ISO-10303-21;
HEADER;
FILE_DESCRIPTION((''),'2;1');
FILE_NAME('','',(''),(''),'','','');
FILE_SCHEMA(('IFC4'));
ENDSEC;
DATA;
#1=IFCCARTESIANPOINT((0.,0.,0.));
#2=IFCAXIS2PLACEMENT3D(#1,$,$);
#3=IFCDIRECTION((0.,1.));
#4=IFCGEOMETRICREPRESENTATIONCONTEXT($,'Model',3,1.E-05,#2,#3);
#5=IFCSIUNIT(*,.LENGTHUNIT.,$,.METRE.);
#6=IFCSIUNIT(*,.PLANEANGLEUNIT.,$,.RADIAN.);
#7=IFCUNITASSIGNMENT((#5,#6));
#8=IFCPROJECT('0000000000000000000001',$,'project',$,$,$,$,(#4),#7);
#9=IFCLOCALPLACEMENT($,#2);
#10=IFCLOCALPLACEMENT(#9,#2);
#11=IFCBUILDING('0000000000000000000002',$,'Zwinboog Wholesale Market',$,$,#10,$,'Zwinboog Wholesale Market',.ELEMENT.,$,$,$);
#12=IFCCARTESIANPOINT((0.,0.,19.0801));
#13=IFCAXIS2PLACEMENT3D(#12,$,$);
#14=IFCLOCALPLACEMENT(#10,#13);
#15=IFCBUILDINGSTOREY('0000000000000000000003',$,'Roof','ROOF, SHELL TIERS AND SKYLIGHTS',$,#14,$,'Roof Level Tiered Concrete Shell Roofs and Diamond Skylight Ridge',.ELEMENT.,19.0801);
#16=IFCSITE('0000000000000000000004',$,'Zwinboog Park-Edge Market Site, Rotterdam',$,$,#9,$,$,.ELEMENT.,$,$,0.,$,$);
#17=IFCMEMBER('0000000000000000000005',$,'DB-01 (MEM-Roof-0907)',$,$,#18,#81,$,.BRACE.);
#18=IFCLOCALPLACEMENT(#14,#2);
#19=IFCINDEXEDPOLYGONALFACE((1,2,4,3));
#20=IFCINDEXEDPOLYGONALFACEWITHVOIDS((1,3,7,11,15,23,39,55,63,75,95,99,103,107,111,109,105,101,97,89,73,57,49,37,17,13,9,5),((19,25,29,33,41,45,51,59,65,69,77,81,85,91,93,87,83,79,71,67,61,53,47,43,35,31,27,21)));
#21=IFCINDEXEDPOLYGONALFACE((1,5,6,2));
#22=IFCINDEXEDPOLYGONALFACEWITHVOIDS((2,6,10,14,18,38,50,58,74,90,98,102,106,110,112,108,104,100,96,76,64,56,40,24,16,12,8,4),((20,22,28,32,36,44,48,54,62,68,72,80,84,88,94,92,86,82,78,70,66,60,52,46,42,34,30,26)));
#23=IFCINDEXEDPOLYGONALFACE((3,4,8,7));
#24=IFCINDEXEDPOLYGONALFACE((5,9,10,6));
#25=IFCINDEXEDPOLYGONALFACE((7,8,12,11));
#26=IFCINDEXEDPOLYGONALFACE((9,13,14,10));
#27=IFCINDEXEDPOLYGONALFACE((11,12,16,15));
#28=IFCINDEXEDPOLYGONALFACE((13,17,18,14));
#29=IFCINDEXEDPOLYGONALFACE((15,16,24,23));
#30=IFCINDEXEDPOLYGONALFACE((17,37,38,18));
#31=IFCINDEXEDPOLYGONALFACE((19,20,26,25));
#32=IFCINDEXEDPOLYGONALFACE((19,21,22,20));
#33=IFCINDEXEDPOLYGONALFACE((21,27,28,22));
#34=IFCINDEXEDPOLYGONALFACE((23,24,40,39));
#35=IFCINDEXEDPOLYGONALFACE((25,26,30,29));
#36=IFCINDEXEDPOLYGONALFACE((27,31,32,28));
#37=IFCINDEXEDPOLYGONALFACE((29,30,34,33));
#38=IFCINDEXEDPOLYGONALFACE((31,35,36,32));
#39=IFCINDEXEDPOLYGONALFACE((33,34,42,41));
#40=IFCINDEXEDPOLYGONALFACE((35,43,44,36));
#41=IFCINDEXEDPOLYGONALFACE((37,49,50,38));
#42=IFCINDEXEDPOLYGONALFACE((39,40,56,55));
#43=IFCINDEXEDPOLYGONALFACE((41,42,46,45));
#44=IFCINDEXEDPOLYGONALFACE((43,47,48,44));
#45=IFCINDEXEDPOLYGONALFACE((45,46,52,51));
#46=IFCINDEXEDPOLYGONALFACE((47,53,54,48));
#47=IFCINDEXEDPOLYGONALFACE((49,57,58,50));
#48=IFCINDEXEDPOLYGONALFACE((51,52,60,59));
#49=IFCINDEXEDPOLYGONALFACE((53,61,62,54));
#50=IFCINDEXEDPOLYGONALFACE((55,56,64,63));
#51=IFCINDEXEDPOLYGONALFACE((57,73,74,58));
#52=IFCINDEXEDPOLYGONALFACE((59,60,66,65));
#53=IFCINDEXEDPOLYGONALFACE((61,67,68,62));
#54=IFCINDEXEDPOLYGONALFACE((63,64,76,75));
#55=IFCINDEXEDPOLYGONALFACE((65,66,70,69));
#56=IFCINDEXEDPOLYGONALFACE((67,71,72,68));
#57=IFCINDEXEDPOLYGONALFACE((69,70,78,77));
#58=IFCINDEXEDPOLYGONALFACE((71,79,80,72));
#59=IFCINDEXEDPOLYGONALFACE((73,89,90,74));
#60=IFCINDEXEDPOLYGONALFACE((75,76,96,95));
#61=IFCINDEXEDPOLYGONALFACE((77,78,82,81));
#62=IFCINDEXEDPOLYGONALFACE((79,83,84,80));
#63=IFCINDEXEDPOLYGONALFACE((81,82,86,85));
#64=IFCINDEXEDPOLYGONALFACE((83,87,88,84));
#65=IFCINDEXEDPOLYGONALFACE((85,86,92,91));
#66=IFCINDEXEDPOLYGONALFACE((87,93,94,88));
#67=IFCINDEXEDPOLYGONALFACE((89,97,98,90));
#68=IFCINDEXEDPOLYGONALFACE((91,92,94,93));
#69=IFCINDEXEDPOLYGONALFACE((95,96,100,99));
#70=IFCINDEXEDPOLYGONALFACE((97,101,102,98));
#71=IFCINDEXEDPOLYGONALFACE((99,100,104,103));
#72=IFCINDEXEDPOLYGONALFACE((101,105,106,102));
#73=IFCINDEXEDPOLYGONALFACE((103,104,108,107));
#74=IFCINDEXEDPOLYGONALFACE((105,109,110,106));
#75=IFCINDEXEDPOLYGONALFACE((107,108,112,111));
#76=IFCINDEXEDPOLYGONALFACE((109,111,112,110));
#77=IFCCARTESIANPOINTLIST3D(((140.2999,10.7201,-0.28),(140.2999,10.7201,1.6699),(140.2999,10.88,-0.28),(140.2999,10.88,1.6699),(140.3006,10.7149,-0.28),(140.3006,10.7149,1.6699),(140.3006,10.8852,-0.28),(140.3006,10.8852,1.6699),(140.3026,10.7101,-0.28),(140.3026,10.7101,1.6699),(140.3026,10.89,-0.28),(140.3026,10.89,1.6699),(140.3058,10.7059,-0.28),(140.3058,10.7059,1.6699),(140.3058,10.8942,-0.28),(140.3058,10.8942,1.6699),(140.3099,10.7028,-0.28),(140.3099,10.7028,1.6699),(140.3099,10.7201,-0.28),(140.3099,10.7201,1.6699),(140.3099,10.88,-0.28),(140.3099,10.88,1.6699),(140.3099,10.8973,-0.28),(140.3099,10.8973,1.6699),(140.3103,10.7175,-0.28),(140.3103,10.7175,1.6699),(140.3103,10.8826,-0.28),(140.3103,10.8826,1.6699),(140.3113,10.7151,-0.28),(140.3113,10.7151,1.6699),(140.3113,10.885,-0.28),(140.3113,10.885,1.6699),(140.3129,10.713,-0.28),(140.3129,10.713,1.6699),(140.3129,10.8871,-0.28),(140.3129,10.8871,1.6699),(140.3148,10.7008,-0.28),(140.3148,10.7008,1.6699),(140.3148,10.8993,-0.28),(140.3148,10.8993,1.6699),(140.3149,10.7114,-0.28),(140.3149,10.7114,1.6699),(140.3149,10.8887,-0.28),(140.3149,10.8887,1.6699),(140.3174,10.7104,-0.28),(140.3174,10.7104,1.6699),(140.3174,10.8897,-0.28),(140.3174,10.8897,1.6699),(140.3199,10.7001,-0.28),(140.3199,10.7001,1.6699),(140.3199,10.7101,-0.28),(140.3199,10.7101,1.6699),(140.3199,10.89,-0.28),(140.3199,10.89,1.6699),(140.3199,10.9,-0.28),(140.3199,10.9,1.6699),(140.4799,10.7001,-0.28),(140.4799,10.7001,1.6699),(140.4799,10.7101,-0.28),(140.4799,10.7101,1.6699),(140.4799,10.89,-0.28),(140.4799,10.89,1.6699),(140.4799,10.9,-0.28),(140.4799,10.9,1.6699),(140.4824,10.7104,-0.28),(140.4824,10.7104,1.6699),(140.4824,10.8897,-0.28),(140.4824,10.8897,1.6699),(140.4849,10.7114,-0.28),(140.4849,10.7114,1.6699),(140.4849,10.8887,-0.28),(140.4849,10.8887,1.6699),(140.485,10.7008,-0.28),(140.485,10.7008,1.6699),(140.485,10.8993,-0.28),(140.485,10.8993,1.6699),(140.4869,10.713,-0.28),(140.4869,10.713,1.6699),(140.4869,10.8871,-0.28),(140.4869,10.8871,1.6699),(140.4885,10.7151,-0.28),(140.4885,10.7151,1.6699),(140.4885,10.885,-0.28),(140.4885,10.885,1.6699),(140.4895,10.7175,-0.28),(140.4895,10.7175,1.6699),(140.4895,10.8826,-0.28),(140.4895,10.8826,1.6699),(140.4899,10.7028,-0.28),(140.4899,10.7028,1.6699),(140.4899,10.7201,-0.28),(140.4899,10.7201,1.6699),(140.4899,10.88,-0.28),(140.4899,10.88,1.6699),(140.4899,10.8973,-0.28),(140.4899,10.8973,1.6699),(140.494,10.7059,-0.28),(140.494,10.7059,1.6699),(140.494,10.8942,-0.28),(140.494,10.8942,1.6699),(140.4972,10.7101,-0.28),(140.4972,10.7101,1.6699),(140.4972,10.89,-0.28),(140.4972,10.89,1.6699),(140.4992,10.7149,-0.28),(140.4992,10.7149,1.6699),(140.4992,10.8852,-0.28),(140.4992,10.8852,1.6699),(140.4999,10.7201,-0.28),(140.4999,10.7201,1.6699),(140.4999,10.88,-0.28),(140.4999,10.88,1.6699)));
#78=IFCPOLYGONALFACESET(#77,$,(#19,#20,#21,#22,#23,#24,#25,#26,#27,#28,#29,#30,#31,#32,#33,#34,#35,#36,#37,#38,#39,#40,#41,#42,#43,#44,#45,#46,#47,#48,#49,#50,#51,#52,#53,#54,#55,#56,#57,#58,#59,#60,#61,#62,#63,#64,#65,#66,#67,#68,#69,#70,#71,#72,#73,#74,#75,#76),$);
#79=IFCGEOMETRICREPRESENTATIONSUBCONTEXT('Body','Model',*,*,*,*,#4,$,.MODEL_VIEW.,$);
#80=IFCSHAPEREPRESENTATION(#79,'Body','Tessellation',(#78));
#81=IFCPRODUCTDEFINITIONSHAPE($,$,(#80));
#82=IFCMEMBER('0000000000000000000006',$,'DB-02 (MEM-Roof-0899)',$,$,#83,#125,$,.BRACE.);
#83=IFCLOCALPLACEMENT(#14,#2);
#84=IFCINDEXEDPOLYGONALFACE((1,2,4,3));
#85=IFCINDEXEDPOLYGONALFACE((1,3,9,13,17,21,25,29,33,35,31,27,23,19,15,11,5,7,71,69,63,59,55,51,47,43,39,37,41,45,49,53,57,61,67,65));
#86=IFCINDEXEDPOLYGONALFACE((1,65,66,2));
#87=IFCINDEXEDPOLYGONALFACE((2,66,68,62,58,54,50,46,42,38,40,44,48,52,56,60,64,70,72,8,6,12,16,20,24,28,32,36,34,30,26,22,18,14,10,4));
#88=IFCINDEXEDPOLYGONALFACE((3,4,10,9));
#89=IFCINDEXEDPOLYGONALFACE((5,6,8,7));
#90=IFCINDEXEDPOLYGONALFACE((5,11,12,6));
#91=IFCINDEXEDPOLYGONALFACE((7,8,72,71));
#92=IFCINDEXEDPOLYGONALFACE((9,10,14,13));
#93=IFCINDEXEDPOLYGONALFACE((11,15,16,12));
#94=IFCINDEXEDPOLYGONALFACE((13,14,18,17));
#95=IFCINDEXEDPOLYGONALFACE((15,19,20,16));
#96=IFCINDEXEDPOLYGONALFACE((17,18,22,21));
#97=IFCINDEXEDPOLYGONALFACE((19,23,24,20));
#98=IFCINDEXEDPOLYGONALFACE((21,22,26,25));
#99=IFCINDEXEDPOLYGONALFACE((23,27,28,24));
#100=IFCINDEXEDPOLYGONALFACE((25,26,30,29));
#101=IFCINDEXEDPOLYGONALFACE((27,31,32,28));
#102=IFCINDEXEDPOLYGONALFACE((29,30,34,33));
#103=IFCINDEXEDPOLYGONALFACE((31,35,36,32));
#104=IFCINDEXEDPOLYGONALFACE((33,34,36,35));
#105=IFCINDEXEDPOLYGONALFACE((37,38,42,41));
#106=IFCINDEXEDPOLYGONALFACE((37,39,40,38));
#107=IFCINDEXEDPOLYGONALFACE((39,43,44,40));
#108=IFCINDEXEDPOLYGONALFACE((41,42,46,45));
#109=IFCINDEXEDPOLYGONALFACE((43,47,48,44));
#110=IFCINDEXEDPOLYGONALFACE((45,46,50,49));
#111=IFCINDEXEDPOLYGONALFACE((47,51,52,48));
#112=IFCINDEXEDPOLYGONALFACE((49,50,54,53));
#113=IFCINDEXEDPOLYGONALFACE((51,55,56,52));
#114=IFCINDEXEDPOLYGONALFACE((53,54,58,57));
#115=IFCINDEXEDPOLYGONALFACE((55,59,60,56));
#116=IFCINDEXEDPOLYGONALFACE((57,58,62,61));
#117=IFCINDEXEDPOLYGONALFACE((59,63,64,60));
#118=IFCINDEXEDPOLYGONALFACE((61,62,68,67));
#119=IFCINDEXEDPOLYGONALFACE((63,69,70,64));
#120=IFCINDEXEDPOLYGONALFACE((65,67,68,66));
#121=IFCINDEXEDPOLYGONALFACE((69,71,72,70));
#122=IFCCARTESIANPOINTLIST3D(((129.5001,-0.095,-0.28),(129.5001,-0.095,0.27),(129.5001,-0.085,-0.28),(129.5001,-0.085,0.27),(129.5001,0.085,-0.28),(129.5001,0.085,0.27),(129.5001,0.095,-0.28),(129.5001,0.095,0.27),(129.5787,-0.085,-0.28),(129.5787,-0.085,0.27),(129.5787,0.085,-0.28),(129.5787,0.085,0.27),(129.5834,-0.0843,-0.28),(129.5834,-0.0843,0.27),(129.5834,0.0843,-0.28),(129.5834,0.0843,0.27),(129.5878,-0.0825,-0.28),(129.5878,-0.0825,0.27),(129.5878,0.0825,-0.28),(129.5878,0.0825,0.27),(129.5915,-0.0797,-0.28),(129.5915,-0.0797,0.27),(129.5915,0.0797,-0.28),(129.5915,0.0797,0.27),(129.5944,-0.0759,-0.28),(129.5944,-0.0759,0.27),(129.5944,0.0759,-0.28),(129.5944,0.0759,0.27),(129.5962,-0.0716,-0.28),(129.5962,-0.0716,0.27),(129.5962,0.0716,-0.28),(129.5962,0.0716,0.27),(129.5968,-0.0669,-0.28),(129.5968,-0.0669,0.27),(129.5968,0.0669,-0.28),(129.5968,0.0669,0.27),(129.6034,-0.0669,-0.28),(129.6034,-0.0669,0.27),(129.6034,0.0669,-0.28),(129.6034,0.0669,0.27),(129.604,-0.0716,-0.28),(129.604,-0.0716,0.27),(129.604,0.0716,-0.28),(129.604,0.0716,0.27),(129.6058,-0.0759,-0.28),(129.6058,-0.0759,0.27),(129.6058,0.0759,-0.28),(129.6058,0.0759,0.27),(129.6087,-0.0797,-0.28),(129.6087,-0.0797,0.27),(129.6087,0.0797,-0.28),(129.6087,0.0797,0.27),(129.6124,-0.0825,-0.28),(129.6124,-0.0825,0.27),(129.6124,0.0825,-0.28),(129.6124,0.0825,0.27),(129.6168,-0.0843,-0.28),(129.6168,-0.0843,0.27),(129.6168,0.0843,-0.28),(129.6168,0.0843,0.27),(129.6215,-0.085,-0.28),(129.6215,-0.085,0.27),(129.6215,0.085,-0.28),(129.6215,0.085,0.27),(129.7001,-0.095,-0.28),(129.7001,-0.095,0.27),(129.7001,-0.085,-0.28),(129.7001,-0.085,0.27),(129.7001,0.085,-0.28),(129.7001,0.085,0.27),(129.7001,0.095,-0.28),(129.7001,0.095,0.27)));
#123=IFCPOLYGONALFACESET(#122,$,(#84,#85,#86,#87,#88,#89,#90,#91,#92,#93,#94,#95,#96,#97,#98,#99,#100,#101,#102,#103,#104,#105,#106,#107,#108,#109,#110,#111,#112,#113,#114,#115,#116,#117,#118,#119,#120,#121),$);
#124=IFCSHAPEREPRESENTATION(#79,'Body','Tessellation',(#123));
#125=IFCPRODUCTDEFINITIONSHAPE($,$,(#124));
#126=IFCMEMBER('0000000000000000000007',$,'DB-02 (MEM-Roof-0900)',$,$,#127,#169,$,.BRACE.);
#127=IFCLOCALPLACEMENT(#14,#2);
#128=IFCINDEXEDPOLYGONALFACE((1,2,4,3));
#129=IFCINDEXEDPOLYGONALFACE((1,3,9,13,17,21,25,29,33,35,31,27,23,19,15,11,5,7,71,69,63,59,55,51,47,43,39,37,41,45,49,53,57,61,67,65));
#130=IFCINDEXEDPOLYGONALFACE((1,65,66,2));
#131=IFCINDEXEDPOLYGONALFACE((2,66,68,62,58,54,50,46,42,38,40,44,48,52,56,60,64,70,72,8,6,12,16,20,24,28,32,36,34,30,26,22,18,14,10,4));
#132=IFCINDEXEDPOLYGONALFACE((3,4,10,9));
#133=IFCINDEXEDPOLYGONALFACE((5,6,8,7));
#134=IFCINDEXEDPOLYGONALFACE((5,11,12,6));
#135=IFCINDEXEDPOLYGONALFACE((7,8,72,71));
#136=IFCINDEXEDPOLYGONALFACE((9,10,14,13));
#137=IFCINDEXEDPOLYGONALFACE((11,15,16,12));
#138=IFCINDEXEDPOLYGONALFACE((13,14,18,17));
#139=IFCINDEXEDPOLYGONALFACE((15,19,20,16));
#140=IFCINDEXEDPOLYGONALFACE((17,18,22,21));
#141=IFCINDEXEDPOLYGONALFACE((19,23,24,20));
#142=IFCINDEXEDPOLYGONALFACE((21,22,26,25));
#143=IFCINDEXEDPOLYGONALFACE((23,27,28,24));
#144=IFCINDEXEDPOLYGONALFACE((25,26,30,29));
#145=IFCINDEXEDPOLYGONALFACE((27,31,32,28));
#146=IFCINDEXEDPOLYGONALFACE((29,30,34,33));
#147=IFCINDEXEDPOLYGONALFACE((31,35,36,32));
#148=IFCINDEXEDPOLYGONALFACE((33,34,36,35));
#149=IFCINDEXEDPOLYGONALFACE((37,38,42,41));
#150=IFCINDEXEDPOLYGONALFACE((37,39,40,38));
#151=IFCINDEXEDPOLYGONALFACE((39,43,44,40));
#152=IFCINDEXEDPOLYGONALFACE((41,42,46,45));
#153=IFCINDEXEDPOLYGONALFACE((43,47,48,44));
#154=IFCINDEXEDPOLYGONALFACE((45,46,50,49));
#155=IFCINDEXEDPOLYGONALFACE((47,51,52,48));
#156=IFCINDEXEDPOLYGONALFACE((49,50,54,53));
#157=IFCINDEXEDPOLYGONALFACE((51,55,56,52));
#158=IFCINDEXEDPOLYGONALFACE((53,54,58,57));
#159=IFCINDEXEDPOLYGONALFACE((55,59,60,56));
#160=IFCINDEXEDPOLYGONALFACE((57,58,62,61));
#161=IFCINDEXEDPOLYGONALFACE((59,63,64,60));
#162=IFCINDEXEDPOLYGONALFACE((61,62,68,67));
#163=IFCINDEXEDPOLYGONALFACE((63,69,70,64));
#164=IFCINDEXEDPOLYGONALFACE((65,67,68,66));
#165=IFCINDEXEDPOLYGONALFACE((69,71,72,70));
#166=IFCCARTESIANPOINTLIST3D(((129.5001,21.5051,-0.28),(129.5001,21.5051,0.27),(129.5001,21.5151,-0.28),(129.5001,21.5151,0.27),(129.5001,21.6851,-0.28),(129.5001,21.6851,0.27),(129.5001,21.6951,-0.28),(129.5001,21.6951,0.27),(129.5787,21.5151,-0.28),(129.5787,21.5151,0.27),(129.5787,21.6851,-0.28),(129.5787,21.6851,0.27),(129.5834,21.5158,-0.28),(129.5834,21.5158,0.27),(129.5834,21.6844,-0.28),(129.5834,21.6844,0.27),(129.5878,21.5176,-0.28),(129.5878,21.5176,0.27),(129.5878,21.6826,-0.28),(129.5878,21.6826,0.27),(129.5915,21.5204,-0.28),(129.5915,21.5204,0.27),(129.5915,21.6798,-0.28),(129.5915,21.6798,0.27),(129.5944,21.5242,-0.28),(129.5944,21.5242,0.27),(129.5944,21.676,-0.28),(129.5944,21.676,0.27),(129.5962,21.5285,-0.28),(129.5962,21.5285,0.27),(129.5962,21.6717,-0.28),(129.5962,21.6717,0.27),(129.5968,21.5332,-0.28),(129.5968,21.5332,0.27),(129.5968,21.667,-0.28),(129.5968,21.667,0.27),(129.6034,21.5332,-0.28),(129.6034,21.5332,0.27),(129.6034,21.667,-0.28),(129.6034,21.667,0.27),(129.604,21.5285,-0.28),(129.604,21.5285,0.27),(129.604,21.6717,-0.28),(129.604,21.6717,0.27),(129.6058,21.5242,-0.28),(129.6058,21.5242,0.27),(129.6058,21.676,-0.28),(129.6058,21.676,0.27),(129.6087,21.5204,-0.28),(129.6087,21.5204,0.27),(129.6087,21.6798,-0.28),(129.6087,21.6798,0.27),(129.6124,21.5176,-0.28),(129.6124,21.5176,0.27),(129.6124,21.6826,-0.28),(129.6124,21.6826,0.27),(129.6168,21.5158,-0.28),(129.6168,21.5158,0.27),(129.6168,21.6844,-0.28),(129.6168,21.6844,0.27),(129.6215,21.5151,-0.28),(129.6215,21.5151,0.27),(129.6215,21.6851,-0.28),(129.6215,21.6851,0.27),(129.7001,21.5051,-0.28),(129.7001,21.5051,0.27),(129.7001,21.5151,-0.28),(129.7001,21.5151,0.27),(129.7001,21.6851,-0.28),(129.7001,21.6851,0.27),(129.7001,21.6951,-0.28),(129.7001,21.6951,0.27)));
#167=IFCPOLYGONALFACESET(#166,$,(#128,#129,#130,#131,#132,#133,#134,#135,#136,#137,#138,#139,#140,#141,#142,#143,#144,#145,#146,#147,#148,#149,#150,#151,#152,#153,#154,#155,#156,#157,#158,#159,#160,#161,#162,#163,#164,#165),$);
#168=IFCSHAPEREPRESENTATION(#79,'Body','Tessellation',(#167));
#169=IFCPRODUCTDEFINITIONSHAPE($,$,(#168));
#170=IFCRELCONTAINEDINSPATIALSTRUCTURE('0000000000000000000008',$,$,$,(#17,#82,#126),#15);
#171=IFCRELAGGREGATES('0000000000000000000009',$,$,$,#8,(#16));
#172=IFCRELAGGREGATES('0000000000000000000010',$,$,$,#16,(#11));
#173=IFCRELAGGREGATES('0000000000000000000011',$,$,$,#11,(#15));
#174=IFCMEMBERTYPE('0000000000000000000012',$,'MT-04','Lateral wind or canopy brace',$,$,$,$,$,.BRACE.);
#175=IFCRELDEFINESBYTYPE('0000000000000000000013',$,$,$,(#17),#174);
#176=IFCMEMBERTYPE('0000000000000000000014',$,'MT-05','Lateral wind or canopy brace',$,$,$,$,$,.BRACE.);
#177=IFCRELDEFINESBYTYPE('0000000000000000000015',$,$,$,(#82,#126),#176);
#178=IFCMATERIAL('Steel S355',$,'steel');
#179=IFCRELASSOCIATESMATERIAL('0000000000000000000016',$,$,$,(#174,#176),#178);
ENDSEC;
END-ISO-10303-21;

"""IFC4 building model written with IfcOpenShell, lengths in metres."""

from ifc_helpers import new_model, si_unit, direction, frame, origin, origin_2d, place, context, subcontext, project, spatial, hollow_rectangle, i_section, extrude, material, material_profile, profile_set, type_object, element, save


model = new_model("IFC4")

# Units and contexts
model_context = context("Model", 3, precision=1e-05, world=origin(), true_north=direction((0.0, 1.0)))
body_context = subcontext(model_context, "Body", "Model", "MODEL_VIEW")
ifc_project = project(units=[si_unit("LENGTHUNIT", "METRE"), si_unit("PLANEANGLEUNIT", "RADIAN")], contexts=[model_context])

# Site, building, storey
site_placement = place(None, origin())
site = spatial("IfcSite", under=ifc_project, at=site_placement, Name="Zwinboog Park-Edge Market Site, Rotterdam", CompositionType="ELEMENT", RefElevation=0.0)
building_placement = place(site_placement, origin())
building = spatial("IfcBuilding", under=site, at=building_placement, Name="Zwinboog Wholesale Market", LongName="Zwinboog Wholesale Market", CompositionType="ELEMENT")
storey_placement = place(building_placement, frame((0.0, 0.0, 19.0801)))
storey = spatial("IfcBuildingStorey", under=building, at=storey_placement, Name="Roof", Description="ROOF, SHELL TIERS AND SKYLIGHTS", LongName="Roof Level Tiered Concrete Shell Roofs and Diamond Skylight Ridge", CompositionType="ELEMENT", Elevation=19.0801)

# Members
ifc_material_1 = material(Name="Steel S355", Category="steel")
ifc_material_profile_1 = material_profile(ifc_material_1, hollow_rectangle(XDim=0.2, YDim=0.2, WallThickness=0.01, InnerFilletRadius=0.01, OuterFilletRadius=0.02, at=origin_2d()), Name="SHS 200x200x10")
ifc_profile_set_1 = profile_set([ifc_material_profile_1], Name="Steel S355")
member_type_1 = type_object("IfcMemberType", Name="MT-04", Description="Lateral wind or canopy brace", PredefinedType="BRACE", material=ifc_profile_set_1)
for number, where, z_axis, x_axis, name in (
    (1, (140.3999, 10.8, -0.28), (0.0, 0.0, 1.0), (1.0, 0.0, 0.0), "DB-01 (MEM-Roof-0907)"),
):
    element("IfcMember", number, at=place(storey_placement, frame(where, z_axis=z_axis, x_axis=x_axis)), inside=storey, type_object=member_type_1, Name=name, PredefinedType="BRACE", context=body_context, shape_type="SweptSolid", body=[
        extrude(hollow_rectangle(XDim=0.2, YDim=0.2, WallThickness=0.01, InnerFilletRadius=0.01, OuterFilletRadius=0.02, at=origin_2d()), origin(), (0.0, 0.0, 1.0), 1.95),
    ])
ifc_material_profile_2 = material_profile(ifc_material_1, i_section(OverallWidth=0.2, OverallDepth=0.1899, WebThickness=0.0066, FlangeThickness=0.01, FilletRadius=0.0181, at=origin_2d()), Name="HEA 200")
ifc_profile_set_2 = profile_set([ifc_material_profile_2], Name="Steel S355")
member_type_2 = type_object("IfcMemberType", Name="MT-05", Description="Lateral wind or canopy brace", PredefinedType="BRACE", material=ifc_profile_set_2)
for number, where, z_axis, x_axis, name in (
    (2, (129.6001, 0.0, -0.28), (0.0, 0.0, 1.0), (1.0, 0.0, 0.0), "DB-02 (MEM-Roof-0899)"),
    (3, (129.6001, 21.6001, -0.28), (0.0, 0.0, 1.0), (1.0, 0.0, 0.0), "DB-02 (MEM-Roof-0900)"),
):
    element("IfcMember", number, at=place(storey_placement, frame(where, z_axis=z_axis, x_axis=x_axis)), inside=storey, type_object=member_type_2, Name=name, PredefinedType="BRACE", context=body_context, shape_type="SweptSolid", body=[
        extrude(i_section(OverallWidth=0.2, OverallDepth=0.1899, WebThickness=0.0066, FlangeThickness=0.01, FilletRadius=0.0181, at=origin_2d()), origin(), (0.0, 0.0, 1.0), 0.55),
    ])

save(model, "model.ifc")
